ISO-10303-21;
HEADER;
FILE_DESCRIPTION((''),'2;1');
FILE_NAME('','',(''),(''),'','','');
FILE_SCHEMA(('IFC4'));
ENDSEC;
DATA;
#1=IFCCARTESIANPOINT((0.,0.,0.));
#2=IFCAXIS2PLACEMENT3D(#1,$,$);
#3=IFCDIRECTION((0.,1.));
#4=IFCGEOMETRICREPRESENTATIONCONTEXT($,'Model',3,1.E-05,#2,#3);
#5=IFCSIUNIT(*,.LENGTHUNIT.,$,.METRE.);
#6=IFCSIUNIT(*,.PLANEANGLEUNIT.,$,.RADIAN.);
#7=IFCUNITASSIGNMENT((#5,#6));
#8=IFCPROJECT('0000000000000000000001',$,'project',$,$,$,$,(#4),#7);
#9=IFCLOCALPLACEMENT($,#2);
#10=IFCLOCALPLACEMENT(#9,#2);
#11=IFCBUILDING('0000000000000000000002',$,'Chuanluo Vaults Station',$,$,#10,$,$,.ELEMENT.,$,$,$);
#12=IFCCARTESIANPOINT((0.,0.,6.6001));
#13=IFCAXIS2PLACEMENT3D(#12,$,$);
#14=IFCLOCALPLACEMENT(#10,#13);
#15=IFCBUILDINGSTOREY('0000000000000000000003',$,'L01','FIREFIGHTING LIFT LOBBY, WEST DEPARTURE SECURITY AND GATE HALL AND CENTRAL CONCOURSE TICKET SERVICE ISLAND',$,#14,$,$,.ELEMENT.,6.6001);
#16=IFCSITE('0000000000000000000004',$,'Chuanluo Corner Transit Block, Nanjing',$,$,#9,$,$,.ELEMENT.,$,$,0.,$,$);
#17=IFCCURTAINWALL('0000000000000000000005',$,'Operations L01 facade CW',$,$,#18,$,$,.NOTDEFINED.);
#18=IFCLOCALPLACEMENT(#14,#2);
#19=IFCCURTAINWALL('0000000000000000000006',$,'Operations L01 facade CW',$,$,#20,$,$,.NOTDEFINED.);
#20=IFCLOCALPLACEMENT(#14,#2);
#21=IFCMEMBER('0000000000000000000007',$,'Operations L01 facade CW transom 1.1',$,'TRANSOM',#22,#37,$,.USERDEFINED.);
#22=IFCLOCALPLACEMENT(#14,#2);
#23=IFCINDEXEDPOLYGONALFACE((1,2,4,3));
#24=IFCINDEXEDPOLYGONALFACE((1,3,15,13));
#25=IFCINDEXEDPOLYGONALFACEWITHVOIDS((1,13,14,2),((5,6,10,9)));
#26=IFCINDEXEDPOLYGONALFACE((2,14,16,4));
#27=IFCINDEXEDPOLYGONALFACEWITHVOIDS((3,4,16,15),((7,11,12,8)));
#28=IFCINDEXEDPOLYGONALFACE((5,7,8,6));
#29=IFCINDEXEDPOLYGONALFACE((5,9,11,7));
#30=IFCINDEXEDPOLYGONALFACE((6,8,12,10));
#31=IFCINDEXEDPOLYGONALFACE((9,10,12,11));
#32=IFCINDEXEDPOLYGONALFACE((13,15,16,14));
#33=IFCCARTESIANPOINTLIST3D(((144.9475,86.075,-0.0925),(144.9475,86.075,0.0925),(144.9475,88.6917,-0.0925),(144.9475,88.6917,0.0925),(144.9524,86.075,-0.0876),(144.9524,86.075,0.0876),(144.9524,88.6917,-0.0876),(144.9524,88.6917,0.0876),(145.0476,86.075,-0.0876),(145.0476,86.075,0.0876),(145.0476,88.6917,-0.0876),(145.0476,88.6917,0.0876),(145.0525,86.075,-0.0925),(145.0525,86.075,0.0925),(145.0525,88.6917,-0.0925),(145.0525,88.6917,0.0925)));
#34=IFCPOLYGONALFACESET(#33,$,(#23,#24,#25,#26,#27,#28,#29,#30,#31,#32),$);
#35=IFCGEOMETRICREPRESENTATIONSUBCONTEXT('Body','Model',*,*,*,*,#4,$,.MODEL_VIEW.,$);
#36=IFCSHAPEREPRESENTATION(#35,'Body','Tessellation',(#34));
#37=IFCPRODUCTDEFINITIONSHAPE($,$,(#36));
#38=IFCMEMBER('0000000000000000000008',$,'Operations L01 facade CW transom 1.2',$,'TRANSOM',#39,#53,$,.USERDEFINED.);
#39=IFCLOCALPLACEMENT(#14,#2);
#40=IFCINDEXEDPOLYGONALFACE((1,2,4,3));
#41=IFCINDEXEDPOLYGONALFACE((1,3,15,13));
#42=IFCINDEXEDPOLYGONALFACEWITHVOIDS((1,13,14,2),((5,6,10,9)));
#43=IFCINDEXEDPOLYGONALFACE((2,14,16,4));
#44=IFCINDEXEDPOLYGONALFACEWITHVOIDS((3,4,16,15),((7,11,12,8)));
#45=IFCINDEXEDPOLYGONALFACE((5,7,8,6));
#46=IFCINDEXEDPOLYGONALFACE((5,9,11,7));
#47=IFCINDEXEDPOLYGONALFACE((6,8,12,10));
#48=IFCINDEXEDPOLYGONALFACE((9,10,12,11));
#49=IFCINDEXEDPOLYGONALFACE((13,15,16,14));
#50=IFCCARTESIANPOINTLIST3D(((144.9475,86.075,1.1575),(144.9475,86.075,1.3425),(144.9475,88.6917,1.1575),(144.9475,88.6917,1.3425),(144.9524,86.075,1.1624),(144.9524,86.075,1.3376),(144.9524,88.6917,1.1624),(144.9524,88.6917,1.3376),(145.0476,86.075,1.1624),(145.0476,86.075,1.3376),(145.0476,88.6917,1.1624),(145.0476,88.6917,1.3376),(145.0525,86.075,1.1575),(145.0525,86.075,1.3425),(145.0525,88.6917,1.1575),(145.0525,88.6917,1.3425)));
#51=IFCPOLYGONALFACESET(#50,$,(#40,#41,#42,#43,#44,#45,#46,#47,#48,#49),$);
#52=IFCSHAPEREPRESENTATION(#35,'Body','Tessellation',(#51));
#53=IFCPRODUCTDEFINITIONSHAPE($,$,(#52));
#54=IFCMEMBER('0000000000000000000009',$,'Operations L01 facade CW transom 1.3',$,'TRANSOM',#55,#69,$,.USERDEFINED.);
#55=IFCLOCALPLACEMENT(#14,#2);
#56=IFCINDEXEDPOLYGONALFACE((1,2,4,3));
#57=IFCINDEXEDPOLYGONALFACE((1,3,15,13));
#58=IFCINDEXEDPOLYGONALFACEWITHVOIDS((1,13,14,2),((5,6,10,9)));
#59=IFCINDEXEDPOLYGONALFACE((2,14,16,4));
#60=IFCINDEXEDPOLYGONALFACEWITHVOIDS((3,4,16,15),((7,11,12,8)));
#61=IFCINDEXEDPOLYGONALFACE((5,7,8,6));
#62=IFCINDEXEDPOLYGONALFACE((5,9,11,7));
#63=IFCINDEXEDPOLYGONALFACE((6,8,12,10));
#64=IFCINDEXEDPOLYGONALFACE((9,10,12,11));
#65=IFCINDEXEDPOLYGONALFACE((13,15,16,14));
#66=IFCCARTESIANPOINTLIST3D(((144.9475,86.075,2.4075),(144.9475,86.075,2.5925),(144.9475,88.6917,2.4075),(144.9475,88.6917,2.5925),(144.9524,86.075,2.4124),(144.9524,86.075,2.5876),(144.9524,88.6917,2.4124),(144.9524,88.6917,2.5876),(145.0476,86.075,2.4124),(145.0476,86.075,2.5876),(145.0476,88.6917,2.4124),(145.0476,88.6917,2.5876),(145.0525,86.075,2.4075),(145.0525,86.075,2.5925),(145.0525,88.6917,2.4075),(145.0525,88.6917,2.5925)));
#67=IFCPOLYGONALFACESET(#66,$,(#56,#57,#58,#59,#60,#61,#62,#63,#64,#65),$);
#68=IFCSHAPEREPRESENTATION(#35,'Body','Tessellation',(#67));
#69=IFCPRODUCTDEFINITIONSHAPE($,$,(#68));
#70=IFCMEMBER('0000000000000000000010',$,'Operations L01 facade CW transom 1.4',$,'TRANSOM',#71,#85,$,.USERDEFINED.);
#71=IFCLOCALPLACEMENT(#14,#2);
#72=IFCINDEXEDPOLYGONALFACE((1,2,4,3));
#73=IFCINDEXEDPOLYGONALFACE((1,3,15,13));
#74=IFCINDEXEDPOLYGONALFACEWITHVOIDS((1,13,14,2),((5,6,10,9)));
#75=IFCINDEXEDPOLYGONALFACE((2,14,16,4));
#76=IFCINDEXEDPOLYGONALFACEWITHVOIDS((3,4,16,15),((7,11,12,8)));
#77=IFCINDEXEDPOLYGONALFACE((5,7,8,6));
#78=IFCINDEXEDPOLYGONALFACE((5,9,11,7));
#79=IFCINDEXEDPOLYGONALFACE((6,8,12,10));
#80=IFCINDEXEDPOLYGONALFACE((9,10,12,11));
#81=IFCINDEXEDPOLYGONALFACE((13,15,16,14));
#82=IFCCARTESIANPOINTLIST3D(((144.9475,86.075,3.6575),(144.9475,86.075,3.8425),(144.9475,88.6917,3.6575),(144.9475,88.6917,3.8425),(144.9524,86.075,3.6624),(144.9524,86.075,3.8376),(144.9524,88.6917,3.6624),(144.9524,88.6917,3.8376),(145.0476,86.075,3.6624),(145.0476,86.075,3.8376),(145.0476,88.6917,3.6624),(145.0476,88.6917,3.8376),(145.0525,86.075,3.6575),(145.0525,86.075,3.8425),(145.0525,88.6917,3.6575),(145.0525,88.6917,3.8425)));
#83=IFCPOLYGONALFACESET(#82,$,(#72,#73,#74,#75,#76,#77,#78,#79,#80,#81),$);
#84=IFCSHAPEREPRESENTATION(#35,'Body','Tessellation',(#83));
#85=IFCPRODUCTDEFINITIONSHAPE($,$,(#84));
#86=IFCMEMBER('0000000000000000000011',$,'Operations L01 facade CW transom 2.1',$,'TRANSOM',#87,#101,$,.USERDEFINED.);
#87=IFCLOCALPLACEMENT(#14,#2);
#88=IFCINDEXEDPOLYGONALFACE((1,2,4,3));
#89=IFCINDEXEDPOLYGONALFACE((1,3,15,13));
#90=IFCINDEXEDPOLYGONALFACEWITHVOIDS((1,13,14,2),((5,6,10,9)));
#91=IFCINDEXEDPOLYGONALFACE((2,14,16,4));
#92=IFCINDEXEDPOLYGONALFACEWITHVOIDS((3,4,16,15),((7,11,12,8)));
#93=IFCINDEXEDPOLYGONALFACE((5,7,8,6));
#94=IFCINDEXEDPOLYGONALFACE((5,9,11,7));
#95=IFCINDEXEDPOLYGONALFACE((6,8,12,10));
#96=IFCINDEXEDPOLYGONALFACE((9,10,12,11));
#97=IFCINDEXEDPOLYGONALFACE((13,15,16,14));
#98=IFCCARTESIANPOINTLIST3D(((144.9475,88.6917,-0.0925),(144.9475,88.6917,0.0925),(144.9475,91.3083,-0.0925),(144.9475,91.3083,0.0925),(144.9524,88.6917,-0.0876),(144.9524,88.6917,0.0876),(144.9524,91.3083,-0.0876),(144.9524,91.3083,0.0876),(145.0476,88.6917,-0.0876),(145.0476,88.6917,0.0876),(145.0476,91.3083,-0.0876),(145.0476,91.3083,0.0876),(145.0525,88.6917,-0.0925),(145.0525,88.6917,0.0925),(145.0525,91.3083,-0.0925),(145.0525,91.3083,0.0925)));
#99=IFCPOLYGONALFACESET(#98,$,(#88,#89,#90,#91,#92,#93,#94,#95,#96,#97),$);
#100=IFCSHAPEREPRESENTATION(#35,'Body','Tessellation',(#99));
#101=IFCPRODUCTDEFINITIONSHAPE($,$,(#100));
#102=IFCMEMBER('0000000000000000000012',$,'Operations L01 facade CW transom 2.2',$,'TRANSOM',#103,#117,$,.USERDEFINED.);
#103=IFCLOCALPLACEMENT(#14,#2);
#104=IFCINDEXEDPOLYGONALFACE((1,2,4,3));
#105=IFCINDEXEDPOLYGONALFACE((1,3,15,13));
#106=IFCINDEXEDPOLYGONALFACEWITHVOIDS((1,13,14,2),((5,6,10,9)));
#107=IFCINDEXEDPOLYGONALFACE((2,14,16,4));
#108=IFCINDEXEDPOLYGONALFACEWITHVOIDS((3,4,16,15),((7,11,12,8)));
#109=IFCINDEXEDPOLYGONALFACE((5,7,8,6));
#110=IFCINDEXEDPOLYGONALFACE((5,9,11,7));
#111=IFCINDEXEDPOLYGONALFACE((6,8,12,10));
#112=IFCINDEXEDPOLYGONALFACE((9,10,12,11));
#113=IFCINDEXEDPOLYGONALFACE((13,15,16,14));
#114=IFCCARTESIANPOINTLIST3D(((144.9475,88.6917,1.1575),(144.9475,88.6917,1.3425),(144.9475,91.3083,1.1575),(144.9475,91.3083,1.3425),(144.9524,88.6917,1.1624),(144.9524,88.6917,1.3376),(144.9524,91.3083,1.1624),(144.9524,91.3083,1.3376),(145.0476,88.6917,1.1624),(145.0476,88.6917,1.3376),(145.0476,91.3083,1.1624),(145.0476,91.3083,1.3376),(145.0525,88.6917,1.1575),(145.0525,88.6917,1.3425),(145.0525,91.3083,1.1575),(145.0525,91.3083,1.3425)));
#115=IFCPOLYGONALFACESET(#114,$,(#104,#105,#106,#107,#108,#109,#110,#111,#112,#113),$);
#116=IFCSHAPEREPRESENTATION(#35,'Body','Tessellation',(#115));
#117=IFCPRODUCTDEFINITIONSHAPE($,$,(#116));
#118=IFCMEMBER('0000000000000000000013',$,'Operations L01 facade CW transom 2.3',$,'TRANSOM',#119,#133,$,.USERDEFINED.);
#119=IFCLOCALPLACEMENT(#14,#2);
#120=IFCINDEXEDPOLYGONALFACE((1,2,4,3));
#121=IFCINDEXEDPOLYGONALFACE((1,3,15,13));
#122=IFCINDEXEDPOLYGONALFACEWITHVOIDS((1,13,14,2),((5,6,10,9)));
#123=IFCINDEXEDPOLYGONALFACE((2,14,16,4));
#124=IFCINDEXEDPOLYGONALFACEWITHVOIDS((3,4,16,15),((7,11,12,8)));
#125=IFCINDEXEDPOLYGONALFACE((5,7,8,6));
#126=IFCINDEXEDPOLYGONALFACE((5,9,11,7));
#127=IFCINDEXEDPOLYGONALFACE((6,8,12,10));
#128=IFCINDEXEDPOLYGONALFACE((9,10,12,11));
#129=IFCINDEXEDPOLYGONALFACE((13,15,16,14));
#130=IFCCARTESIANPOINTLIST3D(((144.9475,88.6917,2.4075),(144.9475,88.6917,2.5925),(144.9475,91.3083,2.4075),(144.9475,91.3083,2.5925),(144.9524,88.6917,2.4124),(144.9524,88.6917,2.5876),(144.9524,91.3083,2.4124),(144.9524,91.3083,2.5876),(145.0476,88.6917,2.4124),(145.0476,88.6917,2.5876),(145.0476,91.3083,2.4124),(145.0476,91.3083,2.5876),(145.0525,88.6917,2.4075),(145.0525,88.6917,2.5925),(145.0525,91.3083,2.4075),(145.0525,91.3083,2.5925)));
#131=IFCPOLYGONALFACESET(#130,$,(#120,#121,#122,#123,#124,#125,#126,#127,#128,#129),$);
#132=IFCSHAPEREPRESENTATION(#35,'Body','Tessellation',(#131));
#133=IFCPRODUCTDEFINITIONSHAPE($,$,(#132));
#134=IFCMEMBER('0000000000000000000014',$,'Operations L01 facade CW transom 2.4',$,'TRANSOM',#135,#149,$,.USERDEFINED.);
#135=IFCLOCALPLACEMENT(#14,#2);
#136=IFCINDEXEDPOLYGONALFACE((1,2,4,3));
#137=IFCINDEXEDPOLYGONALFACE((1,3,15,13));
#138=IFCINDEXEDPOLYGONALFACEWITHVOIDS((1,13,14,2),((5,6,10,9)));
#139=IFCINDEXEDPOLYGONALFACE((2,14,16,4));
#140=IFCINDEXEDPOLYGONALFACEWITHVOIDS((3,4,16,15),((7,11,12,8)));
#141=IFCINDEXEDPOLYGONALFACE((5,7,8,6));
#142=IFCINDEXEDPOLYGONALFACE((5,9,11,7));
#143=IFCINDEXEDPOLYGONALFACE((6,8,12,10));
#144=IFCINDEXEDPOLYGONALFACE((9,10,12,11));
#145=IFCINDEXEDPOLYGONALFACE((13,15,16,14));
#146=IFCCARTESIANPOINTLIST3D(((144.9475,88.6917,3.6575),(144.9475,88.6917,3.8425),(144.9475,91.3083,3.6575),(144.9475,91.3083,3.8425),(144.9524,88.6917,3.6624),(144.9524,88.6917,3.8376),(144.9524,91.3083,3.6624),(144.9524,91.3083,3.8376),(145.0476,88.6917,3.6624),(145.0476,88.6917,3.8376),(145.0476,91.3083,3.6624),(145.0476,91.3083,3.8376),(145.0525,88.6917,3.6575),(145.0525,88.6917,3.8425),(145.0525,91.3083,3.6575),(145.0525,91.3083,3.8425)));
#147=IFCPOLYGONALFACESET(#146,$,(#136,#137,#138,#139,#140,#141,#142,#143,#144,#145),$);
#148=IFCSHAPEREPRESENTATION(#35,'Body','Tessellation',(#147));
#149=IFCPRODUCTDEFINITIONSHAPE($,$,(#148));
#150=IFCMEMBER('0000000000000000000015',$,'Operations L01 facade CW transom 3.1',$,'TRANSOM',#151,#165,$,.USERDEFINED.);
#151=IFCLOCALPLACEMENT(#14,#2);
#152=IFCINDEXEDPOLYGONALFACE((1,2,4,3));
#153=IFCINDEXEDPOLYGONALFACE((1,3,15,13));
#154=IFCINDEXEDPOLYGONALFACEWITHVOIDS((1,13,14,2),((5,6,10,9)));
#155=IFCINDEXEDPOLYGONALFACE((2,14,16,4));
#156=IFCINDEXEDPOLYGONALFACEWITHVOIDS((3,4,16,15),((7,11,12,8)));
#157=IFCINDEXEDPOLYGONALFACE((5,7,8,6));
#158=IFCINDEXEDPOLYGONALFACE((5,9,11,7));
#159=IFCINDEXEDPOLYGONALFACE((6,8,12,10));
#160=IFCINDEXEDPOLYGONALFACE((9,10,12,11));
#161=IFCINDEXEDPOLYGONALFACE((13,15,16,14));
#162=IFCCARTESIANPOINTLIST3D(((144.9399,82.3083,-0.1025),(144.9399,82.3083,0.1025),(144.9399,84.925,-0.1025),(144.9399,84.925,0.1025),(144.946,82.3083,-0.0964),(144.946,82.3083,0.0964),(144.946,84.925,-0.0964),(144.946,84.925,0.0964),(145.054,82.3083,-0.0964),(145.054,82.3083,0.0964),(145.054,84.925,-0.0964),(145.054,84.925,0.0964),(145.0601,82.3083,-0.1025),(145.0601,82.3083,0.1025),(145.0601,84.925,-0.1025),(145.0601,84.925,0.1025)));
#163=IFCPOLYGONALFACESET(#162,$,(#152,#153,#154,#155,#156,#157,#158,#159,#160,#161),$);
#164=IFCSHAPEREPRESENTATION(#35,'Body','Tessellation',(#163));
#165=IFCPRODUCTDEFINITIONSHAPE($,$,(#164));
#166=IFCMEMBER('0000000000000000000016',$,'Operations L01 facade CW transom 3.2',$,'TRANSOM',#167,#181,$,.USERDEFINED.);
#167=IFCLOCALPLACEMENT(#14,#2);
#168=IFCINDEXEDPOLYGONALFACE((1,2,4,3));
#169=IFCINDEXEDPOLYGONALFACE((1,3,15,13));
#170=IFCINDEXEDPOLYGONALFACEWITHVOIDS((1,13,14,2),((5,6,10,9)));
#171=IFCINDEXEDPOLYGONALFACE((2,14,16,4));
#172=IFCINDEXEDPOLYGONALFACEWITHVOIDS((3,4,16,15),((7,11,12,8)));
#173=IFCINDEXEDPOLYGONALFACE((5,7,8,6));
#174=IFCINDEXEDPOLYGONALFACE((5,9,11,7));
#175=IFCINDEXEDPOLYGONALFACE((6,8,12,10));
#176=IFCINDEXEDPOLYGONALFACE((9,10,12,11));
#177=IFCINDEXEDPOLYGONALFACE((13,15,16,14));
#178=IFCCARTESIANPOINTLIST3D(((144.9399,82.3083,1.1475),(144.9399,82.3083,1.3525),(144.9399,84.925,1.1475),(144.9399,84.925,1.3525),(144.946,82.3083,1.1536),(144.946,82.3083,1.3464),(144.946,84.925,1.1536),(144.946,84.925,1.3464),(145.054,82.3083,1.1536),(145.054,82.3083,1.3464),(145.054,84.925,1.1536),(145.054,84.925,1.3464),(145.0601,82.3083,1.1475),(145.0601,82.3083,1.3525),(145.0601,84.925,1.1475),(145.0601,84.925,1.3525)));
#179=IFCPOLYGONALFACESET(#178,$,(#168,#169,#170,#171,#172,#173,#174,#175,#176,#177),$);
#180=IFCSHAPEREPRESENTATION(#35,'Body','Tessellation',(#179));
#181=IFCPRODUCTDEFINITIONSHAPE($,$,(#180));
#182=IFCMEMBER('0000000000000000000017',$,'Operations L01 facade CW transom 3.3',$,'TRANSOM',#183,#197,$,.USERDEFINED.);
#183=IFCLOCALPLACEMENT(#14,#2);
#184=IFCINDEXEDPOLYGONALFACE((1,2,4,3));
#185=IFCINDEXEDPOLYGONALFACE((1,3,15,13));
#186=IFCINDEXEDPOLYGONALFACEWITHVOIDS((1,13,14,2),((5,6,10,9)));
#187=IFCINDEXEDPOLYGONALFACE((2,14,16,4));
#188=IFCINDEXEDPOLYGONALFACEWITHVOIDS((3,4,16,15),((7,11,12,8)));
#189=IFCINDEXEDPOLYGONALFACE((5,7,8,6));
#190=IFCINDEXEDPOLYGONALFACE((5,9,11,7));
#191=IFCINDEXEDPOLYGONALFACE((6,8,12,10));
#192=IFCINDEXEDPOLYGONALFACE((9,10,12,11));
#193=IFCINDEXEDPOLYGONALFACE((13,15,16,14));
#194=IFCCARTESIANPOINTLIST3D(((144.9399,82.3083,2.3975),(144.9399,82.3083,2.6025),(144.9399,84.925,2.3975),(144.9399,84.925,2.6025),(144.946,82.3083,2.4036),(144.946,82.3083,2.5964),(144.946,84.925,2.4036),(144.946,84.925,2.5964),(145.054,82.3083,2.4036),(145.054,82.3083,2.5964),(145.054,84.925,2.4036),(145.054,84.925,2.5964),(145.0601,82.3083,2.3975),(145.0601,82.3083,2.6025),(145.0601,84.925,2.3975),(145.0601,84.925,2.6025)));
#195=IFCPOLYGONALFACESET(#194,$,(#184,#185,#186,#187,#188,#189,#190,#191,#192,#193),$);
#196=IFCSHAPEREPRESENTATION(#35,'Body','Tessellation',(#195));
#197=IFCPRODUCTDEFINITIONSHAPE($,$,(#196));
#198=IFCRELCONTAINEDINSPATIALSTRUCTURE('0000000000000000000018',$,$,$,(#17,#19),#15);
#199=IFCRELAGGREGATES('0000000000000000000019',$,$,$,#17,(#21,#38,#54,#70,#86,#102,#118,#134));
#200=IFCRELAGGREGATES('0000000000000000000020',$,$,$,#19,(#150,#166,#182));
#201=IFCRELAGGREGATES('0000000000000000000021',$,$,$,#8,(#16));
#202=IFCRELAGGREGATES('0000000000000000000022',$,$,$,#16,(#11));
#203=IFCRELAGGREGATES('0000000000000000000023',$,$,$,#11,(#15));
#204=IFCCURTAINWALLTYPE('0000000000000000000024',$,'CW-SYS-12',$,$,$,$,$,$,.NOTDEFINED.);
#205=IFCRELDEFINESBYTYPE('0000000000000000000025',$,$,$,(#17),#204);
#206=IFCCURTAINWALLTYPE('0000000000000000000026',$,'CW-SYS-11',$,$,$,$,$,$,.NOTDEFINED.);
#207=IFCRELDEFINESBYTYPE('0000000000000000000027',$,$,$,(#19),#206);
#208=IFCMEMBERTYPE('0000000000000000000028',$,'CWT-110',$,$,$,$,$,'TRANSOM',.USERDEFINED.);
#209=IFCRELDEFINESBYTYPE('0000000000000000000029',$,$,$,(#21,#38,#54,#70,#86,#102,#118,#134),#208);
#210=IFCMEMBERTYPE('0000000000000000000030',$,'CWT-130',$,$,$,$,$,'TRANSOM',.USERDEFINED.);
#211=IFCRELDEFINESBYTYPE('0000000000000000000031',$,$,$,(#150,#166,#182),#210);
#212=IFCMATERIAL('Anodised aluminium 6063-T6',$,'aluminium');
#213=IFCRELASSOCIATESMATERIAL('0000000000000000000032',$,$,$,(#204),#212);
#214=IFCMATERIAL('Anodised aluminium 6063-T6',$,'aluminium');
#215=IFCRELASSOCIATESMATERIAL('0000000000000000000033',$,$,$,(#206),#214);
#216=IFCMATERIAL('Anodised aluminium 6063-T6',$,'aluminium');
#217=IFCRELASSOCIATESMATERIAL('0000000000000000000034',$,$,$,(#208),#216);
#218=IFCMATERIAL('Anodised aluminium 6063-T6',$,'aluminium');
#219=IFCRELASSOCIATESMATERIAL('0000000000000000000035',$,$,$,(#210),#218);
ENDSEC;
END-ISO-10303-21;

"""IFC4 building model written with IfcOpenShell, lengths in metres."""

from ifc_helpers import new_model, si_unit, direction, frame, origin, origin_2d, place, context, subcontext, project, spatial, hollow_rectangle, extrude, material, material_profile, profile_set, type_object, element, aggregate, save


model = new_model("IFC4")

# Units and contexts
model_context = context("Model", 3, precision=1e-05, world=origin(), true_north=direction((0.0, 1.0)))
body_context = subcontext(model_context, "Body", "Model", "MODEL_VIEW")
ifc_project = project(units=[si_unit("LENGTHUNIT", "METRE"), si_unit("PLANEANGLEUNIT", "RADIAN")], contexts=[model_context])

# Site, building, storey
site_placement = place(None, origin())
site = spatial("IfcSite", under=ifc_project, at=site_placement, Name="Chuanluo Corner Transit Block, Nanjing", CompositionType="ELEMENT", RefElevation=0.0)
building_placement = place(site_placement, origin())
building = spatial("IfcBuilding", under=site, at=building_placement, Name="Chuanluo Vaults Station", CompositionType="ELEMENT")
storey_placement = place(building_placement, frame((0.0, 0.0, 6.6001)))
storey = spatial("IfcBuildingStorey", under=building, at=storey_placement, Name="L01", Description="FIREFIGHTING LIFT LOBBY, WEST DEPARTURE SECURITY AND GATE HALL AND CENTRAL CONCOURSE TICKET SERVICE ISLAND", CompositionType="ELEMENT", Elevation=6.6001)

# Curtain walls
ifc_material_1 = material(Name="Anodised aluminium 6063-T6", Category="aluminium")
curtain_wall_type_1 = type_object("IfcCurtainWallType", Name="CW-SYS-12", PredefinedType="NOTDEFINED", material=ifc_material_1)
curtain_wall_1_placement = place(storey_placement, origin())
curtain_wall_1 = element("IfcCurtainWall", 1, at=curtain_wall_1_placement, inside=storey, type_object=curtain_wall_type_1, Name="Operations L01 facade CW", PredefinedType="NOTDEFINED")
ifc_material_2 = material(Name="Anodised aluminium 6063-T6", Category="aluminium")
curtain_wall_type_2 = type_object("IfcCurtainWallType", Name="CW-SYS-11", PredefinedType="NOTDEFINED", material=ifc_material_2)
curtain_wall_2_placement = place(storey_placement, origin())
curtain_wall_2 = element("IfcCurtainWall", 2, at=curtain_wall_2_placement, inside=storey, type_object=curtain_wall_type_2, Name="Operations L01 facade CW", PredefinedType="NOTDEFINED")

# Members
ifc_material_3 = material(Name="Anodised aluminium 6063-T6", Category="aluminium")
ifc_material_profile_1 = material_profile(ifc_material_3, hollow_rectangle(XDim=0.105, YDim=0.1851, WallThickness=0.0049, at=origin_2d()))
ifc_profile_set_1 = profile_set([ifc_material_profile_1], Name="Anodised aluminium 6063-T6")
member_type_1 = type_object("IfcMemberType", Name="CWT-110", ElementType="TRANSOM", PredefinedType="USERDEFINED", material=ifc_profile_set_1)
member_1_placement = place(storey_placement, frame((145.0, 86.075, 0.0), z_axis=(0.0, 1.0, 0.0), x_axis=(-1.0, 0.0, 0.0)))
member_1 = element("IfcMember", 3, at=member_1_placement, type_object=member_type_1, Name="Operations L01 facade CW transom 1.1", ObjectType="TRANSOM", PredefinedType="USERDEFINED", context=body_context, shape_type="SweptSolid", body=[
    extrude(hollow_rectangle(XDim=0.105, YDim=0.1851, WallThickness=0.0049, at=origin_2d()), origin(), (0.0, 0.0, 1.0), 2.6167),
])
member_2_placement = place(storey_placement, frame((145.0, 86.075, 1.25), z_axis=(0.0, 1.0, 0.0), x_axis=(-1.0, 0.0, 0.0)))
member_2 = element("IfcMember", 4, at=member_2_placement, type_object=member_type_1, Name="Operations L01 facade CW transom 1.2", ObjectType="TRANSOM", PredefinedType="USERDEFINED", context=body_context, shape_type="SweptSolid", body=[
    extrude(hollow_rectangle(XDim=0.105, YDim=0.1851, WallThickness=0.0049, at=origin_2d()), origin(), (0.0, 0.0, 1.0), 2.6167),
])
member_3_placement = place(storey_placement, frame((145.0, 86.075, 2.5), z_axis=(0.0, 1.0, 0.0), x_axis=(-1.0, 0.0, 0.0)))
member_3 = element("IfcMember", 5, at=member_3_placement, type_object=member_type_1, Name="Operations L01 facade CW transom 1.3", ObjectType="TRANSOM", PredefinedType="USERDEFINED", context=body_context, shape_type="SweptSolid", body=[
    extrude(hollow_rectangle(XDim=0.105, YDim=0.1851, WallThickness=0.0049, at=origin_2d()), origin(), (0.0, 0.0, 1.0), 2.6167),
])
member_4_placement = place(storey_placement, frame((145.0, 86.075, 3.75), z_axis=(0.0, 1.0, 0.0), x_axis=(-1.0, 0.0, 0.0)))
member_4 = element("IfcMember", 6, at=member_4_placement, type_object=member_type_1, Name="Operations L01 facade CW transom 1.4", ObjectType="TRANSOM", PredefinedType="USERDEFINED", context=body_context, shape_type="SweptSolid", body=[
    extrude(hollow_rectangle(XDim=0.105, YDim=0.1851, WallThickness=0.0049, at=origin_2d()), origin(), (0.0, 0.0, 1.0), 2.6167),
])
member_5_placement = place(storey_placement, frame((145.0, 88.6917, 0.0), z_axis=(0.0, 1.0, 0.0), x_axis=(-1.0, 0.0, 0.0)))
member_5 = element("IfcMember", 7, at=member_5_placement, type_object=member_type_1, Name="Operations L01 facade CW transom 2.1", ObjectType="TRANSOM", PredefinedType="USERDEFINED", context=body_context, shape_type="SweptSolid", body=[
    extrude(hollow_rectangle(XDim=0.105, YDim=0.1851, WallThickness=0.0049, at=origin_2d()), origin(), (0.0, 0.0, 1.0), 2.6167),
])
member_6_placement = place(storey_placement, frame((145.0, 88.6917, 1.25), z_axis=(0.0, 1.0, 0.0), x_axis=(-1.0, 0.0, 0.0)))
member_6 = element("IfcMember", 8, at=member_6_placement, type_object=member_type_1, Name="Operations L01 facade CW transom 2.2", ObjectType="TRANSOM", PredefinedType="USERDEFINED", context=body_context, shape_type="SweptSolid", body=[
    extrude(hollow_rectangle(XDim=0.105, YDim=0.1851, WallThickness=0.0049, at=origin_2d()), origin(), (0.0, 0.0, 1.0), 2.6167),
])
member_7_placement = place(storey_placement, frame((145.0, 88.6917, 2.5), z_axis=(0.0, 1.0, 0.0), x_axis=(-1.0, 0.0, 0.0)))
member_7 = element("IfcMember", 9, at=member_7_placement, type_object=member_type_1, Name="Operations L01 facade CW transom 2.3", ObjectType="TRANSOM", PredefinedType="USERDEFINED", context=body_context, shape_type="SweptSolid", body=[
    extrude(hollow_rectangle(XDim=0.105, YDim=0.1851, WallThickness=0.0049, at=origin_2d()), origin(), (0.0, 0.0, 1.0), 2.6167),
])
member_8_placement = place(storey_placement, frame((145.0, 88.6917, 3.75), z_axis=(0.0, 1.0, 0.0), x_axis=(-1.0, 0.0, 0.0)))
member_8 = element("IfcMember", 10, at=member_8_placement, type_object=member_type_1, Name="Operations L01 facade CW transom 2.4", ObjectType="TRANSOM", PredefinedType="USERDEFINED", context=body_context, shape_type="SweptSolid", body=[
    extrude(hollow_rectangle(XDim=0.105, YDim=0.1851, WallThickness=0.0049, at=origin_2d()), origin(), (0.0, 0.0, 1.0), 2.6167),
])
ifc_material_4 = material(Name="Anodised aluminium 6063-T6", Category="aluminium")
ifc_material_profile_2 = material_profile(ifc_material_4, hollow_rectangle(XDim=0.1201, YDim=0.2051, WallThickness=0.0061, at=origin_2d()))
ifc_profile_set_2 = profile_set([ifc_material_profile_2], Name="Anodised aluminium 6063-T6")
member_type_2 = type_object("IfcMemberType", Name="CWT-130", ElementType="TRANSOM", PredefinedType="USERDEFINED", material=ifc_profile_set_2)
member_9_placement = place(storey_placement, frame((145.0, 82.3083, 0.0), z_axis=(0.0, 1.0, 0.0), x_axis=(-1.0, 0.0, 0.0)))
member_9 = element("IfcMember", 11, at=member_9_placement, type_object=member_type_2, Name="Operations L01 facade CW transom 3.1", ObjectType="TRANSOM", PredefinedType="USERDEFINED", context=body_context, shape_type="SweptSolid", body=[
    extrude(hollow_rectangle(XDim=0.1201, YDim=0.2051, WallThickness=0.0061, at=origin_2d()), origin(), (0.0, 0.0, 1.0), 2.6167),
])
member_10_placement = place(storey_placement, frame((145.0, 82.3083, 1.25), z_axis=(0.0, 1.0, 0.0), x_axis=(-1.0, 0.0, 0.0)))
member_10 = element("IfcMember", 12, at=member_10_placement, type_object=member_type_2, Name="Operations L01 facade CW transom 3.2", ObjectType="TRANSOM", PredefinedType="USERDEFINED", context=body_context, shape_type="SweptSolid", body=[
    extrude(hollow_rectangle(XDim=0.1201, YDim=0.2051, WallThickness=0.0061, at=origin_2d()), origin(), (0.0, 0.0, 1.0), 2.6167),
])
member_11_placement = place(storey_placement, frame((145.0, 82.3083, 2.5), z_axis=(0.0, 1.0, 0.0), x_axis=(-1.0, 0.0, 0.0)))
member_11 = element("IfcMember", 13, at=member_11_placement, type_object=member_type_2, Name="Operations L01 facade CW transom 3.3", ObjectType="TRANSOM", PredefinedType="USERDEFINED", context=body_context, shape_type="SweptSolid", body=[
    extrude(hollow_rectangle(XDim=0.1201, YDim=0.2051, WallThickness=0.0061, at=origin_2d()), origin(), (0.0, 0.0, 1.0), 2.6167),
])

aggregate(curtain_wall_1, [member_1, member_2, member_3, member_4, member_5, member_6, member_7, member_8])
aggregate(curtain_wall_2, [member_9, member_10, member_11])

save(model, "model.ifc")
